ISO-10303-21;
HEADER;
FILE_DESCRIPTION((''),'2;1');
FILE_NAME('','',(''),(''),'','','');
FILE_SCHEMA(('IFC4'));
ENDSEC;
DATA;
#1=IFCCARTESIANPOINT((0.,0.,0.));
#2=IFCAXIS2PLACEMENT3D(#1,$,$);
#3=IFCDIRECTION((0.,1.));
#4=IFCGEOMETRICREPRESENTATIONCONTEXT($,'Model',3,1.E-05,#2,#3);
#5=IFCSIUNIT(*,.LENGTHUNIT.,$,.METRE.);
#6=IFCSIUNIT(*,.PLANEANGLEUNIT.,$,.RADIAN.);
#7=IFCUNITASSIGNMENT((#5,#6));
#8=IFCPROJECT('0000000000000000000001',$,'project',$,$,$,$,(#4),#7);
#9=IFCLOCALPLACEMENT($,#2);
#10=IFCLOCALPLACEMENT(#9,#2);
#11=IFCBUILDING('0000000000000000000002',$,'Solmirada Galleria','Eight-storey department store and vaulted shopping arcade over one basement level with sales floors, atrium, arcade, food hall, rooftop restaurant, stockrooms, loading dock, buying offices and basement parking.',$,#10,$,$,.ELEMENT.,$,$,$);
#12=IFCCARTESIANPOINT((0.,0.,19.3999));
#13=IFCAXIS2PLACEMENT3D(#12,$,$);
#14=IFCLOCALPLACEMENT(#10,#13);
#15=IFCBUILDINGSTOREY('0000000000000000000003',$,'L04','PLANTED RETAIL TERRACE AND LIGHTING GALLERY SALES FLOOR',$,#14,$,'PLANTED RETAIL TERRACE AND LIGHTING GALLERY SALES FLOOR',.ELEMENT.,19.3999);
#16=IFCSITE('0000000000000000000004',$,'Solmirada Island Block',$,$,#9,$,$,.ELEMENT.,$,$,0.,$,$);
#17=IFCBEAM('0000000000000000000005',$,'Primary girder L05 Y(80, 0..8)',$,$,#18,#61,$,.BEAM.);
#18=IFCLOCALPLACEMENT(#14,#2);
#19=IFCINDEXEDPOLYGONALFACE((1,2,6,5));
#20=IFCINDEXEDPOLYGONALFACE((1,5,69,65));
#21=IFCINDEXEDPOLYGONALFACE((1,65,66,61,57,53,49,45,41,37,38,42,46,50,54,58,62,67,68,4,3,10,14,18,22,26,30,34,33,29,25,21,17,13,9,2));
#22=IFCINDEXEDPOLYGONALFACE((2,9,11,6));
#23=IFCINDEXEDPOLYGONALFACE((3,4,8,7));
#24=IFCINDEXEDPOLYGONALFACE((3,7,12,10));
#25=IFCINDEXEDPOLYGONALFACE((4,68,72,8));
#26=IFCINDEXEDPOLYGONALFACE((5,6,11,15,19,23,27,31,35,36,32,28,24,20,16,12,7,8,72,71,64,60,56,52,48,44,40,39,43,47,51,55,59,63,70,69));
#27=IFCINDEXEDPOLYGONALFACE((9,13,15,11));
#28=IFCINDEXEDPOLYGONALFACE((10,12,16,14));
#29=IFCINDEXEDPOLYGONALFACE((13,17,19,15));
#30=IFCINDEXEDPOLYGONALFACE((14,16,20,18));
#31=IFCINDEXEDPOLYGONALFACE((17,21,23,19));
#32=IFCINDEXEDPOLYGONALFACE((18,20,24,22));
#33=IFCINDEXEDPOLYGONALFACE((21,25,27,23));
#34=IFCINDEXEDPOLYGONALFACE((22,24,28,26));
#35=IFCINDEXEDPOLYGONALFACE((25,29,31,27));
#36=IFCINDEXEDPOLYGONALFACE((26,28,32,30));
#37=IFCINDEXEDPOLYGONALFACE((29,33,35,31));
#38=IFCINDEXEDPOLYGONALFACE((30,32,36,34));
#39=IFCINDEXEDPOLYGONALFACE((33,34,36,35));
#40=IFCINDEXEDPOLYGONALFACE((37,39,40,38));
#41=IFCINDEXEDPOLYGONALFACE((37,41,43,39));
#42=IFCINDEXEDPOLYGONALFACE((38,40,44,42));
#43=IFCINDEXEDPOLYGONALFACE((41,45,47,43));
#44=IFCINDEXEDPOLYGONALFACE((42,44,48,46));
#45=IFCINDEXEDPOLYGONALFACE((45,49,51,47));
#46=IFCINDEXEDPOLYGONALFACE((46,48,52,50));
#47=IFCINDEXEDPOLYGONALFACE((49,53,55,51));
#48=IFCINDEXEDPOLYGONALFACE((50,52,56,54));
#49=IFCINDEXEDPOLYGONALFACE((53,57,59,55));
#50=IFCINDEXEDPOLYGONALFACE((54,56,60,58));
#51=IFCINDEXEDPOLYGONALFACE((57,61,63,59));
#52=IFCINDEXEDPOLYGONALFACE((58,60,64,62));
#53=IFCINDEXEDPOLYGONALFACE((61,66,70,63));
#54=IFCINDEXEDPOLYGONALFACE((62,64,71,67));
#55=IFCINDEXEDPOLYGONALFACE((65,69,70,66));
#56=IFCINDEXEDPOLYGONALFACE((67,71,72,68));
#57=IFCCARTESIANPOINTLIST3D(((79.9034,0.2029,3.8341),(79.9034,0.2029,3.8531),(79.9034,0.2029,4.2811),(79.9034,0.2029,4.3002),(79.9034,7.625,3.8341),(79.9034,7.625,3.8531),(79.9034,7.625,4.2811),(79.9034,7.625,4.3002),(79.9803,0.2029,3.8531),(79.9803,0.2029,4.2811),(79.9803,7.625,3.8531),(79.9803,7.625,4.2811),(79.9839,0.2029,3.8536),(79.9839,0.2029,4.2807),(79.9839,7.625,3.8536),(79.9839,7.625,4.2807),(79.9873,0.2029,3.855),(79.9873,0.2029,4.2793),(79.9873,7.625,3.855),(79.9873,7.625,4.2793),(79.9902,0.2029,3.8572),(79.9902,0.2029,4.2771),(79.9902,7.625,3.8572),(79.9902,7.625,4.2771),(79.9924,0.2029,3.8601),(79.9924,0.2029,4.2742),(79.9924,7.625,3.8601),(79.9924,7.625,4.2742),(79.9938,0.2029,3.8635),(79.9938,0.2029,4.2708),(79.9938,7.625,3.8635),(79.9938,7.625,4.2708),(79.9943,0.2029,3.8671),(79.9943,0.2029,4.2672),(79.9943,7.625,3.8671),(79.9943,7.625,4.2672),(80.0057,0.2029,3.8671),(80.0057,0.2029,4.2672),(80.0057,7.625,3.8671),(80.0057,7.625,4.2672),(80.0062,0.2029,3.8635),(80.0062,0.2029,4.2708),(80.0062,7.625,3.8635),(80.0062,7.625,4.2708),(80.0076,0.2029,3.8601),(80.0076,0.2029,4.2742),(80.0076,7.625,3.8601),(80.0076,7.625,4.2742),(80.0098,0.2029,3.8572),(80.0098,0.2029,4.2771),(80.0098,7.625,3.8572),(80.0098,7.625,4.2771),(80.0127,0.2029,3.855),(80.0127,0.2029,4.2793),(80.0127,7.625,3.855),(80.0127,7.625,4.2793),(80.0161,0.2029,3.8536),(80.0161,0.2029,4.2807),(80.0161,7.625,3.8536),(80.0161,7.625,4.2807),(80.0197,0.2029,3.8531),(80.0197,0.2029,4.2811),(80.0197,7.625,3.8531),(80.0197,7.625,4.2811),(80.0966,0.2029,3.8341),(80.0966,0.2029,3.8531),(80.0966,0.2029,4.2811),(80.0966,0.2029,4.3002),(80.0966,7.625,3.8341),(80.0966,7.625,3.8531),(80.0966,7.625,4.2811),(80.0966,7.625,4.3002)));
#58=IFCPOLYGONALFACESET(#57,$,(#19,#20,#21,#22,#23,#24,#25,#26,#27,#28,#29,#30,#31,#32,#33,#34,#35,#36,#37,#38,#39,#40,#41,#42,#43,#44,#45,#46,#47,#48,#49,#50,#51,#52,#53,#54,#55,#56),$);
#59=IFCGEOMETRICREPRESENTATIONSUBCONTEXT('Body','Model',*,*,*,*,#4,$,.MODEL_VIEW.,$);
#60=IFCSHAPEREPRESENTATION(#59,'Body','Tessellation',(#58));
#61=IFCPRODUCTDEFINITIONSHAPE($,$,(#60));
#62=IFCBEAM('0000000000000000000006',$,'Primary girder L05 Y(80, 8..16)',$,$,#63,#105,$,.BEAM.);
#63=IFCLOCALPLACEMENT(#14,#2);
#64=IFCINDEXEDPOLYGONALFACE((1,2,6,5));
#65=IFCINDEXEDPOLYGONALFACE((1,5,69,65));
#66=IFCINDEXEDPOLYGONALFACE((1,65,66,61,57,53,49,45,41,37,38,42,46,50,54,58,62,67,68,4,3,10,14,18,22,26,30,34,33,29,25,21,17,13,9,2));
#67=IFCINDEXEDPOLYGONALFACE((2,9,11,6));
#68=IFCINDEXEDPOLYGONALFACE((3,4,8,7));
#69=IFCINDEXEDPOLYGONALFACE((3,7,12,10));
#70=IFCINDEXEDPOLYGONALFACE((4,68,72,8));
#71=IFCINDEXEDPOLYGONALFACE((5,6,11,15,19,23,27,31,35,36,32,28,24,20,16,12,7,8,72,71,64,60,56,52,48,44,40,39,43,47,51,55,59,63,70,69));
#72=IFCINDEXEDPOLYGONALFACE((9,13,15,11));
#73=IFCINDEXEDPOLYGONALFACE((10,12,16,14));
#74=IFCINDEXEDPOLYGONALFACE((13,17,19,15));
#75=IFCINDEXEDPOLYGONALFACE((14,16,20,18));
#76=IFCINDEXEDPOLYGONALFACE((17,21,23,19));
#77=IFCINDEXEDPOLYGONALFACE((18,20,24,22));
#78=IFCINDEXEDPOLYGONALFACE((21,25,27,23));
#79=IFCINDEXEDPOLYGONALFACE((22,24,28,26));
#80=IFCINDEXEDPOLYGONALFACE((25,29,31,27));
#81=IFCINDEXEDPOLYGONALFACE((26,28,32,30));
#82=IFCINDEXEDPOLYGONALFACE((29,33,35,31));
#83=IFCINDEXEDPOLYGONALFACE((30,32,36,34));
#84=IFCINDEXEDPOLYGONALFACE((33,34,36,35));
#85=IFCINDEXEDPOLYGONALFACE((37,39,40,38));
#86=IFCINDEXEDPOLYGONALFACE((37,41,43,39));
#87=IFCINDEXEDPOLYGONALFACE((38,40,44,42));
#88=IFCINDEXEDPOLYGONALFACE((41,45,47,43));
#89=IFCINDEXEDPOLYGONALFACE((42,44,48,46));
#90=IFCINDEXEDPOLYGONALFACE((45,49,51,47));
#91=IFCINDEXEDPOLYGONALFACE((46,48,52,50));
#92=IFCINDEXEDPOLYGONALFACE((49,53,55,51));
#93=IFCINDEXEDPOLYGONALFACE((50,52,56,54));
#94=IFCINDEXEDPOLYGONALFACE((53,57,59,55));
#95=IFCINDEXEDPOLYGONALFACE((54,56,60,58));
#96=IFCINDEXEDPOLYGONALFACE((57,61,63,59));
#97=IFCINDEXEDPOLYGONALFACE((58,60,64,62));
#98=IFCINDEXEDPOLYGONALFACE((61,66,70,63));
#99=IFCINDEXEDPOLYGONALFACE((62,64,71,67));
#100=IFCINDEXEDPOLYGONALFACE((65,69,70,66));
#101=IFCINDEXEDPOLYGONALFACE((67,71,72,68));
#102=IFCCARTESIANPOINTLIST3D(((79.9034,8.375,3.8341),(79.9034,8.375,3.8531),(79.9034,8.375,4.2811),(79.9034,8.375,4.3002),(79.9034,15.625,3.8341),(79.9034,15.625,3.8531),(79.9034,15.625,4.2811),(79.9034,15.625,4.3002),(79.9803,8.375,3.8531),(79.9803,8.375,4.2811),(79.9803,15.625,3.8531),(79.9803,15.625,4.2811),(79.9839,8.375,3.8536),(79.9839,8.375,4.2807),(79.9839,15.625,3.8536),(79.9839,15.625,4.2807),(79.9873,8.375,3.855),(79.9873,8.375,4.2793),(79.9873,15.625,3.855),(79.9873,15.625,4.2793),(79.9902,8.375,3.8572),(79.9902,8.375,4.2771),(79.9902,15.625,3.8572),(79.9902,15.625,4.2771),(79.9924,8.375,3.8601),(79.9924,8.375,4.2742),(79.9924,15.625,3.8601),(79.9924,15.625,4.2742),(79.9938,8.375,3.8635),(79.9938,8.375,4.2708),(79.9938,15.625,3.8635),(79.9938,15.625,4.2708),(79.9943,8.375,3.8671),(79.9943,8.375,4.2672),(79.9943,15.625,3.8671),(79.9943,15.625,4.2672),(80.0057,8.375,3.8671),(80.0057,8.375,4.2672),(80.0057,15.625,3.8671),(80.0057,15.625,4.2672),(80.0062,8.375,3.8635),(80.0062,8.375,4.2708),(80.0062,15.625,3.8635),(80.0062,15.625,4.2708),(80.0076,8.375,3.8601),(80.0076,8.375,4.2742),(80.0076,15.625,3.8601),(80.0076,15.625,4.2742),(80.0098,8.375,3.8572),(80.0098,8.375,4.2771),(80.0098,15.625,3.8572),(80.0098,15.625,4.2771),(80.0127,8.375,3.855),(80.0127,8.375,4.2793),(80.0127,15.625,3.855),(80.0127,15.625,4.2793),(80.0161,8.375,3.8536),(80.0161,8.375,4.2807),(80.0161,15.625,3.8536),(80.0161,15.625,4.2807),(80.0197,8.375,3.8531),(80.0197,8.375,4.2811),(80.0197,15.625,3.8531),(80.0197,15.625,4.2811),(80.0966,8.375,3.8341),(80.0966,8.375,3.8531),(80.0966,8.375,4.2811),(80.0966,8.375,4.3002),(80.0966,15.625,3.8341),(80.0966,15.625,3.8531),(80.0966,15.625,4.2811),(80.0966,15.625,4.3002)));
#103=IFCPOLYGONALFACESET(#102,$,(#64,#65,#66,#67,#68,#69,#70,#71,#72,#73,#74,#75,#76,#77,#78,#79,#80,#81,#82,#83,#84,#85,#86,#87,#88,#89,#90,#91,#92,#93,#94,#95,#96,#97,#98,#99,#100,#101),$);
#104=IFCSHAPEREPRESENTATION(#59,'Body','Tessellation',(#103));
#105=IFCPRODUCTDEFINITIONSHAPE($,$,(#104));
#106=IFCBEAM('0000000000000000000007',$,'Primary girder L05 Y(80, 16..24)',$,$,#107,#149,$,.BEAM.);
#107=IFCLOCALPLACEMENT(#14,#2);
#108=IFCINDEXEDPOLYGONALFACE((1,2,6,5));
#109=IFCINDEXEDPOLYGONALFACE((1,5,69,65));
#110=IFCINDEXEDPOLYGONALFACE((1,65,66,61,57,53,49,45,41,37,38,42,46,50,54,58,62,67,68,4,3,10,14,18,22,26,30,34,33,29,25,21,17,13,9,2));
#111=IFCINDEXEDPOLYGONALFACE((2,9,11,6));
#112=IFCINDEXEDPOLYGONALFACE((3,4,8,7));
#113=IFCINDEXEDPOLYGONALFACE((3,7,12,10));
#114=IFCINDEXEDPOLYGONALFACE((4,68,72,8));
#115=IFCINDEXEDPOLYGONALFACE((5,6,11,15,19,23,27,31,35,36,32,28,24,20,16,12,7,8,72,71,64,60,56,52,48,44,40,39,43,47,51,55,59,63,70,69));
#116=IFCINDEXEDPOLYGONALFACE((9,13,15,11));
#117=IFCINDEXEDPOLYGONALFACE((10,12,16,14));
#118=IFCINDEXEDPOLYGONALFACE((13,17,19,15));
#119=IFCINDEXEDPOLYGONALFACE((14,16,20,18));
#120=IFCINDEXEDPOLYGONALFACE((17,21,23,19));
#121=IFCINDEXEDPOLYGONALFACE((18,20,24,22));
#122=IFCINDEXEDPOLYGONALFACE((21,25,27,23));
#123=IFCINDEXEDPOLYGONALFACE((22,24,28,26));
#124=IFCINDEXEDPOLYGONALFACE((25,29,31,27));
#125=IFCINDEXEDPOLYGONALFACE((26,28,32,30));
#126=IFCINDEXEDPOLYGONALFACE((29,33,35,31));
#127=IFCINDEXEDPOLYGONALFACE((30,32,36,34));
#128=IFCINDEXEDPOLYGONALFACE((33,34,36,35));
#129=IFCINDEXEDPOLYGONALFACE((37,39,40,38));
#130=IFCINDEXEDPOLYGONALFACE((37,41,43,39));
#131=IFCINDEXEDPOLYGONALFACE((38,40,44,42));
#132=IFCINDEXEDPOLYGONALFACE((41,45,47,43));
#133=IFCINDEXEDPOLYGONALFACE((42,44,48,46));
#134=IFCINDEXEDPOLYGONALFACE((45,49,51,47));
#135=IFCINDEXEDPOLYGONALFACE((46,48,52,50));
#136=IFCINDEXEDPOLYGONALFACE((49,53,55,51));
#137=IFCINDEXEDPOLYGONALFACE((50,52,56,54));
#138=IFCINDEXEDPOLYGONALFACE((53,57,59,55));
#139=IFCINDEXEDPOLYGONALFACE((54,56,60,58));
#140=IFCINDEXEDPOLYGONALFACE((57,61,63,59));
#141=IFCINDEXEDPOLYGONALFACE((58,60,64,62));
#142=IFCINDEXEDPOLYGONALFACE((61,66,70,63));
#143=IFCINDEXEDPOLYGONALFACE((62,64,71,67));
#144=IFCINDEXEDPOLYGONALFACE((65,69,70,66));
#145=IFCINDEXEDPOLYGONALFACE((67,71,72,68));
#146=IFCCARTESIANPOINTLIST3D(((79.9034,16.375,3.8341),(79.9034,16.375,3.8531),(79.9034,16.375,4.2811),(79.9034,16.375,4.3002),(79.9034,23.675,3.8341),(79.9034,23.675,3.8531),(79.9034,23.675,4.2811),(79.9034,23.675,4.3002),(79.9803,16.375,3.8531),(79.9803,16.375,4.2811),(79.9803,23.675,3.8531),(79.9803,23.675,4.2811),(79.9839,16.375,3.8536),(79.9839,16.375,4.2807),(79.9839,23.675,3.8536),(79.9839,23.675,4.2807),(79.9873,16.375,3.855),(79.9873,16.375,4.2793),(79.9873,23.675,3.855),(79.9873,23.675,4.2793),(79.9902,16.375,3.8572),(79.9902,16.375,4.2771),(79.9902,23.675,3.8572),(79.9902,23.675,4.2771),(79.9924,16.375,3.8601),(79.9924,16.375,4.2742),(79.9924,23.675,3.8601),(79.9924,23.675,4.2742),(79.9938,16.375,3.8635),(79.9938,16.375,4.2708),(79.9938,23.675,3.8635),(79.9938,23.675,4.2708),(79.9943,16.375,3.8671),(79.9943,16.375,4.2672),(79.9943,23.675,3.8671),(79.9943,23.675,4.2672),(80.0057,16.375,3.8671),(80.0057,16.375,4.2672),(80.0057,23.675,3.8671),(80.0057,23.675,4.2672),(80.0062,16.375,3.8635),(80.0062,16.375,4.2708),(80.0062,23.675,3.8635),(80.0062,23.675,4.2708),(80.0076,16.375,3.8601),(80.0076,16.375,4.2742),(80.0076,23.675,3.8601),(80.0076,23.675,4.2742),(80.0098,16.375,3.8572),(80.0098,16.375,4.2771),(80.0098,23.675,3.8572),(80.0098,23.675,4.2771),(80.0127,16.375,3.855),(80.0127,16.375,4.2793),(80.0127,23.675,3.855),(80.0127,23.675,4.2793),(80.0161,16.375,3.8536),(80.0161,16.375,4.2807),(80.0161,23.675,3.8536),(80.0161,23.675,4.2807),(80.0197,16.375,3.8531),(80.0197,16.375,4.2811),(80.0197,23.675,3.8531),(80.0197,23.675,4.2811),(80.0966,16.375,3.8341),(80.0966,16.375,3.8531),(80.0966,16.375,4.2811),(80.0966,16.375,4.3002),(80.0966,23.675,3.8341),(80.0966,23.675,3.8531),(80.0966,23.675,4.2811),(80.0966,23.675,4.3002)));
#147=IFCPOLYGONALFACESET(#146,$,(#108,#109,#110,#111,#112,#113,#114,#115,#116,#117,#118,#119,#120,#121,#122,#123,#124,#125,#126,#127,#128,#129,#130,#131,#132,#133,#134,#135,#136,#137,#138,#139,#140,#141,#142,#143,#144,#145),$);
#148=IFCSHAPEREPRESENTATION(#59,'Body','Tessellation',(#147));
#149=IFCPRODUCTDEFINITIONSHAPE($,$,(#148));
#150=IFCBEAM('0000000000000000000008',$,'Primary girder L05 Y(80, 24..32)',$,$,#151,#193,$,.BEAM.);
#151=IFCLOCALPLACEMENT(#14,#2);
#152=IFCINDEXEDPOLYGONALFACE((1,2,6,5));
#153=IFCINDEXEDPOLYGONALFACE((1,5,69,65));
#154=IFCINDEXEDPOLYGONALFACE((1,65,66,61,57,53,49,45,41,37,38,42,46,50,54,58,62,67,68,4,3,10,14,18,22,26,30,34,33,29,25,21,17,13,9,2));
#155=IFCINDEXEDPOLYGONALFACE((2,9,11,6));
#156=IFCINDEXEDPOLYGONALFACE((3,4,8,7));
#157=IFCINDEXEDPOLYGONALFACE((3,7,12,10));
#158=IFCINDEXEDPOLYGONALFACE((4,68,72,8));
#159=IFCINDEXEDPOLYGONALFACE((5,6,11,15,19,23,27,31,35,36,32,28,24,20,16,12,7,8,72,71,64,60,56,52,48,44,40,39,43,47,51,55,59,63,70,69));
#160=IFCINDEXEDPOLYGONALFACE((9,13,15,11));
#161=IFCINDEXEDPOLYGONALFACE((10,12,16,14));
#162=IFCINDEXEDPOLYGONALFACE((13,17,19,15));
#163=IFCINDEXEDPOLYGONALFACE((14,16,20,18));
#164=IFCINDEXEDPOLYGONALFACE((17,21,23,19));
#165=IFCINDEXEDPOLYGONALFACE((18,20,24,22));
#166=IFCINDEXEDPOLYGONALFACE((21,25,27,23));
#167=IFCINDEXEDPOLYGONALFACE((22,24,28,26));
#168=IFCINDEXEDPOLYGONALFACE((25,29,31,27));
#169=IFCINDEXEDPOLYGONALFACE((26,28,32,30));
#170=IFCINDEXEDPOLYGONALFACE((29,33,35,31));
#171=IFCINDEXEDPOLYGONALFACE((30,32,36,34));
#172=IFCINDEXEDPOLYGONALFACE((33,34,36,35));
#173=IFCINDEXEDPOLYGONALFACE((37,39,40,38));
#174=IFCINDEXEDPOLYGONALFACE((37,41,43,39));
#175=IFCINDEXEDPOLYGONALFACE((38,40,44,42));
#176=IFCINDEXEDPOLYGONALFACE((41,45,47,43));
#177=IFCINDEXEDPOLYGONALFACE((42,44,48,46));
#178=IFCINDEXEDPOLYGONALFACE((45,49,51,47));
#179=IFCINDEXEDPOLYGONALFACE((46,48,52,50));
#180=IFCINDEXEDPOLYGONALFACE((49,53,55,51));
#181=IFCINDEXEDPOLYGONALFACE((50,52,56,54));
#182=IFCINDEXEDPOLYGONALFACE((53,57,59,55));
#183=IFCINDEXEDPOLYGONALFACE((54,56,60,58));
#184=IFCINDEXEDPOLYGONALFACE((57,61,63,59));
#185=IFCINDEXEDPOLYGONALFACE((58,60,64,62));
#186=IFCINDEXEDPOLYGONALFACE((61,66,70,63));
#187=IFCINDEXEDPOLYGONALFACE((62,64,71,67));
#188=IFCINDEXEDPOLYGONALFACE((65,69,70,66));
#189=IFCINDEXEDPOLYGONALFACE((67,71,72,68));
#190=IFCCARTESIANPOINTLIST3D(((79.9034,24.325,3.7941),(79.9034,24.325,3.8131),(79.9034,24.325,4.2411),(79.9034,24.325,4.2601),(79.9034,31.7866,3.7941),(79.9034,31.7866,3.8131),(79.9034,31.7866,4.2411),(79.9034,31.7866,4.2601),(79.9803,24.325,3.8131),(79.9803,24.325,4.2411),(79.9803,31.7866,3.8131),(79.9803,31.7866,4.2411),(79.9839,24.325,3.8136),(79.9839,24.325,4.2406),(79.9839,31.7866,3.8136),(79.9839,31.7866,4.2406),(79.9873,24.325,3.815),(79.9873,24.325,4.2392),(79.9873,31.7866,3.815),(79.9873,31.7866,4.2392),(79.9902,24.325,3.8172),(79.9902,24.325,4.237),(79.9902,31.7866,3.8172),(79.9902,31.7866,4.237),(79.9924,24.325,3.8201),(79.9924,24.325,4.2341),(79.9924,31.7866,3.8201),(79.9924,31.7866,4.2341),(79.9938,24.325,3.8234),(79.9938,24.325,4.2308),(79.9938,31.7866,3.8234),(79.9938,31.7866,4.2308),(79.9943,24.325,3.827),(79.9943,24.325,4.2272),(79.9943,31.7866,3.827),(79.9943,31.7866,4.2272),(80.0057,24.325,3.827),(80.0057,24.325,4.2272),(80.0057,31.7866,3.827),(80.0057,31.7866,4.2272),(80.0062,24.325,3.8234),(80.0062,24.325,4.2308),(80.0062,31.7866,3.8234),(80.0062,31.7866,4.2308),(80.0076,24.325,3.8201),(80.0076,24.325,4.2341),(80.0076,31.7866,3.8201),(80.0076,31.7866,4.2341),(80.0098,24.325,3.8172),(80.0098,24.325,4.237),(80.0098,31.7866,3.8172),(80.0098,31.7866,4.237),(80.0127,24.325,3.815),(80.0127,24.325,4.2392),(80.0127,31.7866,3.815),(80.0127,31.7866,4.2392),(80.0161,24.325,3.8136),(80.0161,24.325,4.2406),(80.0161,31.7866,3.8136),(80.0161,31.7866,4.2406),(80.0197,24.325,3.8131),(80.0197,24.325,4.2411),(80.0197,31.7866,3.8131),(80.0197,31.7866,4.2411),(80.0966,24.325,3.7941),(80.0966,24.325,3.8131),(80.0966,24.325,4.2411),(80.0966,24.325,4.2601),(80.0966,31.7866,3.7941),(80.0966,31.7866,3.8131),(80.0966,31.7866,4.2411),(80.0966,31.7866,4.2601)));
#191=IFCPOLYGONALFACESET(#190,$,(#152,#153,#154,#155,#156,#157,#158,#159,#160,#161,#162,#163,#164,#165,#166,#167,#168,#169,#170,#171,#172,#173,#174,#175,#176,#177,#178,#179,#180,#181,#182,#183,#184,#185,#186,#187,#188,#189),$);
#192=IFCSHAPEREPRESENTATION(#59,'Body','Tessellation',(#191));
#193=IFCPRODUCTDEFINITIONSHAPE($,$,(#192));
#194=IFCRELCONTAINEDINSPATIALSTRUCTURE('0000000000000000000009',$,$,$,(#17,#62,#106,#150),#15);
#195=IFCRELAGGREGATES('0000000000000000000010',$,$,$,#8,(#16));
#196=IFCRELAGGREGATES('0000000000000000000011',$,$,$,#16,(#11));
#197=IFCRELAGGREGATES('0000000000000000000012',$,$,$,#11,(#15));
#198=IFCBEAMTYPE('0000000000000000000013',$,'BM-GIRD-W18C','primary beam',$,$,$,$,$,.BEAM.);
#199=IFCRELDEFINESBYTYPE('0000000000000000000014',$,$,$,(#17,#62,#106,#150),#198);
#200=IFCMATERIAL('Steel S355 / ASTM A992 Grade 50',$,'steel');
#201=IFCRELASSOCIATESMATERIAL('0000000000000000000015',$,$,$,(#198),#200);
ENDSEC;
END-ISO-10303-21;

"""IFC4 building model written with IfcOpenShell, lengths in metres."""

from ifc_helpers import new_model, si_unit, direction, frame, origin, origin_2d, place, context, subcontext, project, spatial, i_section, extrude, material, material_profile, profile_set, type_object, element, save


model = new_model("IFC4")

# Units and contexts
model_context = context("Model", 3, precision=1e-05, world=origin(), true_north=direction((0.0, 1.0)))
body_context = subcontext(model_context, "Body", "Model", "MODEL_VIEW")
ifc_project = project(units=[si_unit("LENGTHUNIT", "METRE"), si_unit("PLANEANGLEUNIT", "RADIAN")], contexts=[model_context])

# Site, building, storey
site_placement = place(None, origin())
site = spatial("IfcSite", under=ifc_project, at=site_placement, Name="Solmirada Island Block", CompositionType="ELEMENT", RefElevation=0.0)
building_placement = place(site_placement, origin())
building = spatial("IfcBuilding", under=site, at=building_placement, Name="Solmirada Galleria", Description="Eight-storey department store and vaulted shopping arcade over one basement level with sales floors, atrium, arcade, food hall, rooftop restaurant, stockrooms, loading dock, buying offices and basement parking.", CompositionType="ELEMENT")
storey_placement = place(building_placement, frame((0.0, 0.0, 19.3999)))
storey = spatial("IfcBuildingStorey", under=building, at=storey_placement, Name="L04", Description="PLANTED RETAIL TERRACE AND LIGHTING GALLERY SALES FLOOR", LongName="PLANTED RETAIL TERRACE AND LIGHTING GALLERY SALES FLOOR", CompositionType="ELEMENT", Elevation=19.3999)

# Beams
ifc_material_1 = material(Name="Steel S355 / ASTM A992 Grade 50", Category="steel")
ifc_material_profile_1 = material_profile(ifc_material_1, i_section(OverallWidth=0.1931, OverallDepth=0.4661, WebThickness=0.0115, FlangeThickness=0.019, FilletRadius=0.0139, at=origin_2d()), Name="W18X65")
ifc_profile_set_1 = profile_set([ifc_material_profile_1], Name="Steel S355 / ASTM A992 Grade 50")
beam_type = type_object("IfcBeamType", Name="BM-GIRD-W18C", Description="primary beam", PredefinedType="BEAM", material=ifc_profile_set_1)
beam_1_placement = place(storey_placement, frame((80.0, 0.2029, 4.0671), z_axis=(0.0, 1.0, 0.0), x_axis=(-1.0, 0.0, 0.0)))
element("IfcBeam", 1, at=beam_1_placement, inside=storey, type_object=beam_type, Name="Primary girder L05 Y(80, 0..8)", PredefinedType="BEAM", context=body_context, shape_type="SweptSolid", body=[
    extrude(i_section(OverallWidth=0.1931, OverallDepth=0.4661, WebThickness=0.0115, FlangeThickness=0.019, FilletRadius=0.0139, at=origin_2d()), origin(), (0.0, 0.0, 1.0), 7.4221),
])
beam_2_placement = place(storey_placement, frame((80.0, 8.375, 4.0671), z_axis=(0.0, 1.0, 0.0), x_axis=(-1.0, 0.0, 0.0)))
element("IfcBeam", 2, at=beam_2_placement, inside=storey, type_object=beam_type, Name="Primary girder L05 Y(80, 8..16)", PredefinedType="BEAM", context=body_context, shape_type="SweptSolid", body=[
    extrude(i_section(OverallWidth=0.1931, OverallDepth=0.4661, WebThickness=0.0115, FlangeThickness=0.019, FilletRadius=0.0139, at=origin_2d()), origin(), (0.0, 0.0, 1.0), 7.25),
])
beam_3_placement = place(storey_placement, frame((80.0, 16.375, 4.0671), z_axis=(0.0, 1.0, 0.0), x_axis=(-1.0, 0.0, 0.0)))
element("IfcBeam", 3, at=beam_3_placement, inside=storey, type_object=beam_type, Name="Primary girder L05 Y(80, 16..24)", PredefinedType="BEAM", context=body_context, shape_type="SweptSolid", body=[
    extrude(i_section(OverallWidth=0.1931, OverallDepth=0.4661, WebThickness=0.0115, FlangeThickness=0.019, FilletRadius=0.0139, at=origin_2d()), origin(), (0.0, 0.0, 1.0), 7.3),
])
beam_4_placement = place(storey_placement, frame((80.0, 24.325, 4.0271), z_axis=(0.0, 1.0, 0.0), x_axis=(-1.0, 0.0, 0.0)))
element("IfcBeam", 4, at=beam_4_placement, inside=storey, type_object=beam_type, Name="Primary girder L05 Y(80, 24..32)", PredefinedType="BEAM", context=body_context, shape_type="SweptSolid", body=[
    extrude(i_section(OverallWidth=0.1931, OverallDepth=0.4661, WebThickness=0.0115, FlangeThickness=0.019, FilletRadius=0.0139, at=origin_2d()), origin(), (0.0, 0.0, 1.0), 7.4617),
])

save(model, "model.ifc")
